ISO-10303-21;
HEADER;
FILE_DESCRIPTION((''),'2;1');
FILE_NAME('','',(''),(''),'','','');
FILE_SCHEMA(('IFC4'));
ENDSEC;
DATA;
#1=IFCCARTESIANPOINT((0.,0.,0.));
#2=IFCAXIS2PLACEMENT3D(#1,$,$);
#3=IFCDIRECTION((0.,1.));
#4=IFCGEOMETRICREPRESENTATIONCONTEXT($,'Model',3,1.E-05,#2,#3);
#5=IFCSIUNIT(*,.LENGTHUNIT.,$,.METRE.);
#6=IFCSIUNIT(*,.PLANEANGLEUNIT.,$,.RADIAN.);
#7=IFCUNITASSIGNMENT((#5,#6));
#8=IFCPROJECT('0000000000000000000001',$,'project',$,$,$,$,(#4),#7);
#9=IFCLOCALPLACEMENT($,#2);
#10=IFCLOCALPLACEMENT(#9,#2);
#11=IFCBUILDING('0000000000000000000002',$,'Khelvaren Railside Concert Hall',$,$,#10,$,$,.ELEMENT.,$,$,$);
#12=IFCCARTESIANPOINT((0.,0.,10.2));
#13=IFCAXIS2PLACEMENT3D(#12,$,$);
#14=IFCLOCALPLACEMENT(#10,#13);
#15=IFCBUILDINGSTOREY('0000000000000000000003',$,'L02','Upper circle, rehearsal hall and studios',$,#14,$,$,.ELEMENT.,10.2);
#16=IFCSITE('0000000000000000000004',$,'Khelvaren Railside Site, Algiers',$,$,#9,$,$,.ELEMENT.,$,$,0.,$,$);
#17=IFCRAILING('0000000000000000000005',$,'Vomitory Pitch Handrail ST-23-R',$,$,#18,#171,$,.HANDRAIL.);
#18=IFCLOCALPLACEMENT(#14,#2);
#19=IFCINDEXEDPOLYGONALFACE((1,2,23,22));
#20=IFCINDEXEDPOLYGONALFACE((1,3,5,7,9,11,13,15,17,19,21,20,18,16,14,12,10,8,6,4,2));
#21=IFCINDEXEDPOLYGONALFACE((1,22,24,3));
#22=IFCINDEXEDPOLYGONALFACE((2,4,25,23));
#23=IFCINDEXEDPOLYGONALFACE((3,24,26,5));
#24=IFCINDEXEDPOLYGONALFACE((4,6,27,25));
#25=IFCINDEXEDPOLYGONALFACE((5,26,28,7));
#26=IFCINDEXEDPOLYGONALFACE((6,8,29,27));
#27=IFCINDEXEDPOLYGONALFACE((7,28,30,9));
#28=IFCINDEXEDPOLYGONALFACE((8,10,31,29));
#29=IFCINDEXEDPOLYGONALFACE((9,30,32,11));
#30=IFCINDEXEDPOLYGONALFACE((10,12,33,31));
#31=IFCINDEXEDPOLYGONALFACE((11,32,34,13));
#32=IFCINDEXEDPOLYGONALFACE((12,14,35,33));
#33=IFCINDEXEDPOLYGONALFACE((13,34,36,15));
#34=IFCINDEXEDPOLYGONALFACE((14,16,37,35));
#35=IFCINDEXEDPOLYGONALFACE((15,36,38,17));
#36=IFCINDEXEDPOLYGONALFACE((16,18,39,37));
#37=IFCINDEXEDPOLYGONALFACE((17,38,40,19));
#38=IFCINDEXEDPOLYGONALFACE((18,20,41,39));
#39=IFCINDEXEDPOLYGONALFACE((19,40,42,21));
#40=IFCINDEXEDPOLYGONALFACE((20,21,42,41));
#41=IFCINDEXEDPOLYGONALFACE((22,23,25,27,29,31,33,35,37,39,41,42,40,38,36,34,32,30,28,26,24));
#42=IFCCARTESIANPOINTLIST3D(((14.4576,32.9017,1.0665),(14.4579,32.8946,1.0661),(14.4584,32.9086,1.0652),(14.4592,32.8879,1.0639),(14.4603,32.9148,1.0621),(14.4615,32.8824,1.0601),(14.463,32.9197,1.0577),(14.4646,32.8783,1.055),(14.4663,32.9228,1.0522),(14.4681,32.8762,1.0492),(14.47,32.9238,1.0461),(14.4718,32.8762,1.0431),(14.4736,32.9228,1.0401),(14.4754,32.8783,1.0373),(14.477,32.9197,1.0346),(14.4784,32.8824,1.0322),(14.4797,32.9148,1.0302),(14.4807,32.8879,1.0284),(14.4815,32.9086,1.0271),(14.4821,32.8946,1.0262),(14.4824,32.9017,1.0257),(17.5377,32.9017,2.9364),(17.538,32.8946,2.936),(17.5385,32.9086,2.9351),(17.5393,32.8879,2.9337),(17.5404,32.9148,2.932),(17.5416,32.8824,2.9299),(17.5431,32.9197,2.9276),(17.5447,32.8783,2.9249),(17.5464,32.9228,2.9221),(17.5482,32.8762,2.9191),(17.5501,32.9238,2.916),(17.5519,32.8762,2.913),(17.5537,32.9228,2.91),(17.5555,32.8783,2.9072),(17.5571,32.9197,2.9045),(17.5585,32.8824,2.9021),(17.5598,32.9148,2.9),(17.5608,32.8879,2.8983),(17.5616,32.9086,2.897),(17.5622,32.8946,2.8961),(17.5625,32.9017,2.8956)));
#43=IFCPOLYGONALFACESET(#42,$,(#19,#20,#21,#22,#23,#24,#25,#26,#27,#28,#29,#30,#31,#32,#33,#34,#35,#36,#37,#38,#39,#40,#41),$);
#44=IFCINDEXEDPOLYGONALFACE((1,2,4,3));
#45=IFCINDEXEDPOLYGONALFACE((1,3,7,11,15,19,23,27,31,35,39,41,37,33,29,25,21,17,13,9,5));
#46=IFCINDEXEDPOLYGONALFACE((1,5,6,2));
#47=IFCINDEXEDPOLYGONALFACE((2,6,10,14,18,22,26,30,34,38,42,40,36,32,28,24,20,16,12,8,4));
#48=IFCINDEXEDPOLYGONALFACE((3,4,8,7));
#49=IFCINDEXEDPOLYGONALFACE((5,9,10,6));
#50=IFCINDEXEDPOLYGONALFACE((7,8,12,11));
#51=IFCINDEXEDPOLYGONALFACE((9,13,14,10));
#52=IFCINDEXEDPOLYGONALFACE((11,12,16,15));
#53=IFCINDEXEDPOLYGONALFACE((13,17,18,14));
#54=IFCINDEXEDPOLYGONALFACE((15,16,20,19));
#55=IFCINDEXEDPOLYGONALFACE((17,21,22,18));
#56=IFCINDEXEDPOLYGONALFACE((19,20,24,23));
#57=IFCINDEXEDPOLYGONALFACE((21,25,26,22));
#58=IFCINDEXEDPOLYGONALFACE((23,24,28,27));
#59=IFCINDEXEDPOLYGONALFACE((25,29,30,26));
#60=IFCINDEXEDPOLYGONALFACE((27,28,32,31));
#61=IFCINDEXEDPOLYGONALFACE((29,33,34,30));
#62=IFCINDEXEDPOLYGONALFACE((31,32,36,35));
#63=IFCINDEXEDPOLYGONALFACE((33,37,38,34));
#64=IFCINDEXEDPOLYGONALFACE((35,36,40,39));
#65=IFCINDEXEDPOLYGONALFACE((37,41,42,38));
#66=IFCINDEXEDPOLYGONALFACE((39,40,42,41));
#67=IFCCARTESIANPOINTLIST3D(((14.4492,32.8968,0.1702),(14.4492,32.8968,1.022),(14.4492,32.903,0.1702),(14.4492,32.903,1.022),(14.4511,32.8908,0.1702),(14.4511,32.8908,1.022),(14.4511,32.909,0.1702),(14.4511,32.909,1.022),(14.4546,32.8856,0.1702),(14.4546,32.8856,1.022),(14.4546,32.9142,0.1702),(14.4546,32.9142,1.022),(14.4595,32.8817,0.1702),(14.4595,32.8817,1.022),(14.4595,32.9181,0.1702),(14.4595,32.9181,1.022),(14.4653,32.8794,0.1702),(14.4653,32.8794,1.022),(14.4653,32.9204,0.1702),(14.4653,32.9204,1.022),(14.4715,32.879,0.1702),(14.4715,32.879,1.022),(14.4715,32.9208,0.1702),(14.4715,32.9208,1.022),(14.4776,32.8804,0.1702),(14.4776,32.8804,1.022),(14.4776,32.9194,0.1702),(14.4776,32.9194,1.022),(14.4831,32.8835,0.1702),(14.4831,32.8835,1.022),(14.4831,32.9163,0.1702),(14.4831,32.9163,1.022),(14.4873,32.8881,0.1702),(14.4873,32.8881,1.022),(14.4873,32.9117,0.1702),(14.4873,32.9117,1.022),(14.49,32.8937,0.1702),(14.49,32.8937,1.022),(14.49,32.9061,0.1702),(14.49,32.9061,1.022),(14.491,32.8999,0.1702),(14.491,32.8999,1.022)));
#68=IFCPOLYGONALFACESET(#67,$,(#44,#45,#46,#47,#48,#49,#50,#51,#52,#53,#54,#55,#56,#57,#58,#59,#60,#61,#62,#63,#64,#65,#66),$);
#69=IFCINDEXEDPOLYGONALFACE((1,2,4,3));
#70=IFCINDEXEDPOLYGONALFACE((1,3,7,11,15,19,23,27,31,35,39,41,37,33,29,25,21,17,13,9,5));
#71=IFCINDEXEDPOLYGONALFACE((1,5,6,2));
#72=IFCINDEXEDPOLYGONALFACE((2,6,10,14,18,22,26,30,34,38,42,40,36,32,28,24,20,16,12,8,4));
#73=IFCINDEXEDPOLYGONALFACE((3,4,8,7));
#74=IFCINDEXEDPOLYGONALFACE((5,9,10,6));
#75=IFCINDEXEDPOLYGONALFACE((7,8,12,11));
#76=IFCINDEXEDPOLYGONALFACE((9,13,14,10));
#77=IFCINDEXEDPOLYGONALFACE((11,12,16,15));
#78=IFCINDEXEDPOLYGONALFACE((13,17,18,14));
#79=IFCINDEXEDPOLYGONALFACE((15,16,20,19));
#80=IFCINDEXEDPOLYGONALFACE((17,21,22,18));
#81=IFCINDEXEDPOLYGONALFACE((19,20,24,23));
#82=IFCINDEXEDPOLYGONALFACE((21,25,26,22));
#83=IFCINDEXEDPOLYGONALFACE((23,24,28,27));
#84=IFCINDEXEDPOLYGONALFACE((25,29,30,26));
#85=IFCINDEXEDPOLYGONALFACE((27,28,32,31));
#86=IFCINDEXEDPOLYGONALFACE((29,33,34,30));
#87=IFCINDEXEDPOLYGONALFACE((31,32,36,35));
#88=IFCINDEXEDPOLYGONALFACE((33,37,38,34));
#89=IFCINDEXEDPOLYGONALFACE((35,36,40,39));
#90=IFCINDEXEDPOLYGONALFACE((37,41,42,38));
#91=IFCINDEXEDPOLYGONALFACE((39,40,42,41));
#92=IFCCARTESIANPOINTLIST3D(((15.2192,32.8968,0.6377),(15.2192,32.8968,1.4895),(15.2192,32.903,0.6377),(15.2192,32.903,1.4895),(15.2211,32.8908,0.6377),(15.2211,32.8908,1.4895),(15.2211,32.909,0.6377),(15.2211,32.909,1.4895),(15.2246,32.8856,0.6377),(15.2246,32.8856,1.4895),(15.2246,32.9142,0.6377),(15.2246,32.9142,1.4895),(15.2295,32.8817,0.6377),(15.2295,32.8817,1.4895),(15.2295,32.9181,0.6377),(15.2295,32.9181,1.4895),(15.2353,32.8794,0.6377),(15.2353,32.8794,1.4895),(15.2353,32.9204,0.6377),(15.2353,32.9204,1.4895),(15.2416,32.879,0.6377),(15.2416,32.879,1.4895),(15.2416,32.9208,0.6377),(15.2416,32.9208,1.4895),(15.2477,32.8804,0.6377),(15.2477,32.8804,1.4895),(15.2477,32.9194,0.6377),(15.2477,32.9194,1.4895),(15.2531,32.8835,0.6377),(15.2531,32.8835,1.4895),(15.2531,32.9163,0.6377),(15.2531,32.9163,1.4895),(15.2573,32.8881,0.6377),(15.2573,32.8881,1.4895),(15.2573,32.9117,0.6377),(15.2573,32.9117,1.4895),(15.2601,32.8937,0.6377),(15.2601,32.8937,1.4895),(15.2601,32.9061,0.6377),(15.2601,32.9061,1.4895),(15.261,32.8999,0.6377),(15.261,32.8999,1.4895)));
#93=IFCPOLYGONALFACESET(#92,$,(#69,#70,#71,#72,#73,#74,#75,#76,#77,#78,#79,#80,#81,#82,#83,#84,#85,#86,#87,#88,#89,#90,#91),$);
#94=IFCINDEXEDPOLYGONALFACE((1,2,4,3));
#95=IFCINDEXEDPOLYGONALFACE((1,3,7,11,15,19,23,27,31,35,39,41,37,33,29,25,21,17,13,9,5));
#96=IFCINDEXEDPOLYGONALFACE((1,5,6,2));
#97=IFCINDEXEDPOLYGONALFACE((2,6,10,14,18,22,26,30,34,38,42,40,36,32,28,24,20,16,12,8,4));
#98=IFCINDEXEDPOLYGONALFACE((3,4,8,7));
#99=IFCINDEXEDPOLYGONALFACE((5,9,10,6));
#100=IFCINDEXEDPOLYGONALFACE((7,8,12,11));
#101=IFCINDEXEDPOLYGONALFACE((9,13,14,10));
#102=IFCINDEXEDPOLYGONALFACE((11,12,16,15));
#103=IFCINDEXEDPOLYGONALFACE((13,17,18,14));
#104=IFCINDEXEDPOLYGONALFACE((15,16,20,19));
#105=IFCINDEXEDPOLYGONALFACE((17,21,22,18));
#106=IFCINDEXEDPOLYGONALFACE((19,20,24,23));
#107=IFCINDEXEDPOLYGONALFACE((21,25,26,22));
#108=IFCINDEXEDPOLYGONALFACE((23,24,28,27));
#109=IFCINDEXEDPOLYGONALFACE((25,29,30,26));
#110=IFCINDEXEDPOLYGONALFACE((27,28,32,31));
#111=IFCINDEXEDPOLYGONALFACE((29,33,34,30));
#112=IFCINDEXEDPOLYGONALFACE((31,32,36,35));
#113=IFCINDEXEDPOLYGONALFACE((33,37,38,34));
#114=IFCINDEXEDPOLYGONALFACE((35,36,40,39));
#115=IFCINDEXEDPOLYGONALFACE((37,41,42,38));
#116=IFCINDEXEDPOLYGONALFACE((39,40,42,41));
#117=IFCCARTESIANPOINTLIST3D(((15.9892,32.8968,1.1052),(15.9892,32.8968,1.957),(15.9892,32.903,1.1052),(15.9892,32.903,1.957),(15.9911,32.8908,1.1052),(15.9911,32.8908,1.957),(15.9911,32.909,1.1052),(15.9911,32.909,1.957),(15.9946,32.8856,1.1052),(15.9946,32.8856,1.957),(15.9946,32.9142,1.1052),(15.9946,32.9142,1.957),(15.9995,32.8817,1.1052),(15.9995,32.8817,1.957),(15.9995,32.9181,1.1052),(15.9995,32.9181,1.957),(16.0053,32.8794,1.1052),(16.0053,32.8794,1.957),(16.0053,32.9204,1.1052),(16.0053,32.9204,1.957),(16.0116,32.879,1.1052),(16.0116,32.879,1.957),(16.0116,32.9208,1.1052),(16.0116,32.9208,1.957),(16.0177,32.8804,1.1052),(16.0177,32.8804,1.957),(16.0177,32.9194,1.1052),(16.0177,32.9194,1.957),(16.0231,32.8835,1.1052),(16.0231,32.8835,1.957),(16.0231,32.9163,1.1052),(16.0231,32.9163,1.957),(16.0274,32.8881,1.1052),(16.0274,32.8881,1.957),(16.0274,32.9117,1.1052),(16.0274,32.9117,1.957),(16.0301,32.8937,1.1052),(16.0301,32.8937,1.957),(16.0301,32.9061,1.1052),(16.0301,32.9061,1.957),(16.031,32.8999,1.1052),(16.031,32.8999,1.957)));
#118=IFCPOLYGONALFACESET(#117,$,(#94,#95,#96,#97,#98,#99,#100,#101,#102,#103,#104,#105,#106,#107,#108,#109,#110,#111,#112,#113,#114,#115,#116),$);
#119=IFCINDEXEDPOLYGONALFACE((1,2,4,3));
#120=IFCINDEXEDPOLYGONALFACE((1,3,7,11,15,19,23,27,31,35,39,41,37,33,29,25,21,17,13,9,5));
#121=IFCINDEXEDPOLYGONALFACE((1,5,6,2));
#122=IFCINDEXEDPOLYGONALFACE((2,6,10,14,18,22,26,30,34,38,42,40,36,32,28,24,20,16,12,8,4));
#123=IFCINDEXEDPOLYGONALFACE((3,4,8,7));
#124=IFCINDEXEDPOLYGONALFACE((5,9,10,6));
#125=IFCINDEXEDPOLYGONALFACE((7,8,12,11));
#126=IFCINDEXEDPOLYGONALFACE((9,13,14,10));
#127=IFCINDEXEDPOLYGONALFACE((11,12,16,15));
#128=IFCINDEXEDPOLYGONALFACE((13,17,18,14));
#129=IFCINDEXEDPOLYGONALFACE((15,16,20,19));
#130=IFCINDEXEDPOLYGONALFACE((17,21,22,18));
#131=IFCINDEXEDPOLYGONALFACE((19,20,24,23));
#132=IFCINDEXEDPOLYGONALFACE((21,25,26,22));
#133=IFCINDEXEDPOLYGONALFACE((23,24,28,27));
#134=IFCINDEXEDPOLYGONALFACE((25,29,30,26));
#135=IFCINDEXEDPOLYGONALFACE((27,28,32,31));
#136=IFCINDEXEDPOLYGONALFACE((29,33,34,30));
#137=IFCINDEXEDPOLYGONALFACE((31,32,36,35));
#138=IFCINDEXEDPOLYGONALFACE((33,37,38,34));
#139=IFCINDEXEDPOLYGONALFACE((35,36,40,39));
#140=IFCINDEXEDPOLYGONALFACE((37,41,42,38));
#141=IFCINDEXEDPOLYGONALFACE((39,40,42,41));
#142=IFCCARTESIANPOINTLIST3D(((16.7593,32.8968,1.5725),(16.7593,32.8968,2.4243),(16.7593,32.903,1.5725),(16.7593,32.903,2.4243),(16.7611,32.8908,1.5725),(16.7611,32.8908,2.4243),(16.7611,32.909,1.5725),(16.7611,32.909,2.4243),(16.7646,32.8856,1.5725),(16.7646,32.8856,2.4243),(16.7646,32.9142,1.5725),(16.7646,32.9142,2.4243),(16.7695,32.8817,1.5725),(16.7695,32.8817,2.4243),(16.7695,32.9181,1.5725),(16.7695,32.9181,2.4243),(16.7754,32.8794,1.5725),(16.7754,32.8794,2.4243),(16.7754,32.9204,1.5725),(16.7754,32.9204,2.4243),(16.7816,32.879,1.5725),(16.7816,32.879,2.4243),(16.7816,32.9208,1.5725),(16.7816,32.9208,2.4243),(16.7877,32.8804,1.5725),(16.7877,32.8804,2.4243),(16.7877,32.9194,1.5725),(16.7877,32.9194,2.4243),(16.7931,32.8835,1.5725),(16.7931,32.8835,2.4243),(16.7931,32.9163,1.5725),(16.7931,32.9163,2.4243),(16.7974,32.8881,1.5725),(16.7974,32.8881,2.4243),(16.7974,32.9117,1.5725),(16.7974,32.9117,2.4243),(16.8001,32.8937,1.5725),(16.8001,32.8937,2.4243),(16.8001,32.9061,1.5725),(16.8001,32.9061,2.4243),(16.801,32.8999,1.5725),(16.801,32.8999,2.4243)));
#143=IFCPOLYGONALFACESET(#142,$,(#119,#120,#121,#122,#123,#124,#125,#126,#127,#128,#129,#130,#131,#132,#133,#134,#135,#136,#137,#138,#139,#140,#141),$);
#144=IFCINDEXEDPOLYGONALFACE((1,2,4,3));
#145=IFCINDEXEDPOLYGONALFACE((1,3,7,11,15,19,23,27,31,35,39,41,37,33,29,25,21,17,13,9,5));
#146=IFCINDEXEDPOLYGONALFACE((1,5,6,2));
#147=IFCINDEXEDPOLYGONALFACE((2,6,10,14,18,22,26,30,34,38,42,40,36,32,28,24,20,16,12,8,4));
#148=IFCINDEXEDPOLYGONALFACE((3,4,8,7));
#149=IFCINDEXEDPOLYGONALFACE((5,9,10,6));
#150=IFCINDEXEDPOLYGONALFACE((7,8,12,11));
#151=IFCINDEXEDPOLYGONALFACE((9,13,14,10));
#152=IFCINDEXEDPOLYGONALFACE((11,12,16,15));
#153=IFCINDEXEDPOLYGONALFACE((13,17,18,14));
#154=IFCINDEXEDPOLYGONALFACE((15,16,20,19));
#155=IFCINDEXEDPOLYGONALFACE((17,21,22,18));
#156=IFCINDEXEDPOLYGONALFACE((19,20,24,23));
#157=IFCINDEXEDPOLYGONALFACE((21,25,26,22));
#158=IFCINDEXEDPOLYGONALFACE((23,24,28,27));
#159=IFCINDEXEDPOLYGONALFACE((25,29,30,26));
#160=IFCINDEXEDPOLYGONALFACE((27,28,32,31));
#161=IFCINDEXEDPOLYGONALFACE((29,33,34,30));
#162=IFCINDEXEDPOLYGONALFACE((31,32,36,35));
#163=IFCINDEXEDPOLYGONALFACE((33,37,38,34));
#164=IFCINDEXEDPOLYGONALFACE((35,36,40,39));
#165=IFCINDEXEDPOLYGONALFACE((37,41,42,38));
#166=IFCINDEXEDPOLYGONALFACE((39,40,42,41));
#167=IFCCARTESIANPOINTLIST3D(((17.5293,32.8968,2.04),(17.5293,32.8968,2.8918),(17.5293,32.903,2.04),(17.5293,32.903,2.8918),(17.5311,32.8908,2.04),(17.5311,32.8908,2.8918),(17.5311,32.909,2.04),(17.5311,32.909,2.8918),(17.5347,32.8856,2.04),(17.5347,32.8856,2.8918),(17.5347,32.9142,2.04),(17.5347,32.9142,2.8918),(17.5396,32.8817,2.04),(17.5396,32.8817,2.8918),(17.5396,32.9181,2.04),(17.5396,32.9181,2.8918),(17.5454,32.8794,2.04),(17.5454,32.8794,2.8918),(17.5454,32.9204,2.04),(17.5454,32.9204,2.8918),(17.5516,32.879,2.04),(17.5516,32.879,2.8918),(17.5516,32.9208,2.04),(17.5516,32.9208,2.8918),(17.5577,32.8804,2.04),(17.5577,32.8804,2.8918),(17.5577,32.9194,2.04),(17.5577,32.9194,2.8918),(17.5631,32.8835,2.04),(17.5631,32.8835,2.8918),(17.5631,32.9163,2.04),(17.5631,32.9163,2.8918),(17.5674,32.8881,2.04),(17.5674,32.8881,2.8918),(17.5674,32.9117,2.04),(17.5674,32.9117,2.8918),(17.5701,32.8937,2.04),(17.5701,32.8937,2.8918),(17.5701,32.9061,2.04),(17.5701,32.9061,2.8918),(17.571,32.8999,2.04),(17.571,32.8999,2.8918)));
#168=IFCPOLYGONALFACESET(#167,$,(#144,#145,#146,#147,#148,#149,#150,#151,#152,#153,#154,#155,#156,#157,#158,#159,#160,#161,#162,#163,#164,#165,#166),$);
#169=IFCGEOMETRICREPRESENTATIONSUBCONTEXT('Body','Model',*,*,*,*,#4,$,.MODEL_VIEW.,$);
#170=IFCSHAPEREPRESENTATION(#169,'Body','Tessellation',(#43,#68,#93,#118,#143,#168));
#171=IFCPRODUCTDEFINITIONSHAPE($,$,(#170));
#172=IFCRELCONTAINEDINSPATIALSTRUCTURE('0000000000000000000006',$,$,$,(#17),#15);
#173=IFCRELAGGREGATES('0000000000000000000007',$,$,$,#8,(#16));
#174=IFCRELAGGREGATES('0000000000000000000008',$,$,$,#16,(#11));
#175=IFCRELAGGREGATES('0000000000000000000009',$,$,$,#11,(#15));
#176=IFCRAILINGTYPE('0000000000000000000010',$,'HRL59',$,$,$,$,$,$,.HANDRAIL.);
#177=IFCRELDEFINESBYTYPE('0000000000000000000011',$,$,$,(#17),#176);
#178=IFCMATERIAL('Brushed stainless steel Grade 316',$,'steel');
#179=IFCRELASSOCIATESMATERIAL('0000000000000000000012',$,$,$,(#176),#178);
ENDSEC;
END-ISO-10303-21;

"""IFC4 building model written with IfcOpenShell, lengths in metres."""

from ifc_helpers import new_model, si_unit, direction, frame, origin, origin_2d, place, context, subcontext, project, spatial, circle, extrude, material, type_object, element, save


model = new_model("IFC4")

# Units and contexts
model_context = context("Model", 3, precision=1e-05, world=origin(), true_north=direction((0.0, 1.0)))
body_context = subcontext(model_context, "Body", "Model", "MODEL_VIEW")
ifc_project = project(units=[si_unit("LENGTHUNIT", "METRE"), si_unit("PLANEANGLEUNIT", "RADIAN")], contexts=[model_context])

# Site, building, storey
site_placement = place(None, origin())
site = spatial("IfcSite", under=ifc_project, at=site_placement, Name="Khelvaren Railside Site, Algiers", CompositionType="ELEMENT", RefElevation=0.0)
building_placement = place(site_placement, origin())
building = spatial("IfcBuilding", under=site, at=building_placement, Name="Khelvaren Railside Concert Hall", CompositionType="ELEMENT")
storey_placement = place(building_placement, frame((0.0, 0.0, 10.2)))
storey = spatial("IfcBuildingStorey", under=building, at=storey_placement, Name="L02", Description="Upper circle, rehearsal hall and studios", CompositionType="ELEMENT", Elevation=10.2)

# Railing
ifc_material_1 = material(Name="Brushed stainless steel Grade 316", Category="steel")
railing_type_1 = type_object("IfcRailingType", Name="HRL59", PredefinedType="HANDRAIL", material=ifc_material_1)
for number, where, name in (
    (1, (14.47, 32.8999, 0.1702), "Vomitory Pitch Handrail ST-23-R"),
):
    element("IfcRailing", number, at=place(storey_placement, frame(where)), inside=storey, type_object=railing_type_1, Name=name, PredefinedType="HANDRAIL", context=body_context, shape_type="SweptSolid", body=[
        extrude(circle(Radius=0.0239, at=origin_2d()), frame((0.0, 0.0, 0.876), z_axis=(0.854809, 0.0, 0.518943), x_axis=(0.0, 1.0, 0.0)), (0.0, 0.0, 1.0), 3.6033),
        extrude(circle(Radius=0.021, at=origin_2d()), origin(), (0.0, 0.0, 1.0), 0.8518),
        extrude(circle(Radius=0.021, at=origin_2d()), frame((0.77, 0.0, 0.4675)), (0.0, 0.0, 1.0), 0.8518),
        extrude(circle(Radius=0.021, at=origin_2d()), frame((1.54, 0.0, 0.9351)), (0.0, 0.0, 1.0), 0.8518),
        extrude(circle(Radius=0.021, at=origin_2d()), frame((2.3101, 0.0, 1.4023)), (0.0, 0.0, 1.0), 0.8518),
        extrude(circle(Radius=0.021, at=origin_2d()), frame((3.0801, 0.0, 1.8699)), (0.0, 0.0, 1.0), 0.8518),
    ])

save(model, "model.ifc")
